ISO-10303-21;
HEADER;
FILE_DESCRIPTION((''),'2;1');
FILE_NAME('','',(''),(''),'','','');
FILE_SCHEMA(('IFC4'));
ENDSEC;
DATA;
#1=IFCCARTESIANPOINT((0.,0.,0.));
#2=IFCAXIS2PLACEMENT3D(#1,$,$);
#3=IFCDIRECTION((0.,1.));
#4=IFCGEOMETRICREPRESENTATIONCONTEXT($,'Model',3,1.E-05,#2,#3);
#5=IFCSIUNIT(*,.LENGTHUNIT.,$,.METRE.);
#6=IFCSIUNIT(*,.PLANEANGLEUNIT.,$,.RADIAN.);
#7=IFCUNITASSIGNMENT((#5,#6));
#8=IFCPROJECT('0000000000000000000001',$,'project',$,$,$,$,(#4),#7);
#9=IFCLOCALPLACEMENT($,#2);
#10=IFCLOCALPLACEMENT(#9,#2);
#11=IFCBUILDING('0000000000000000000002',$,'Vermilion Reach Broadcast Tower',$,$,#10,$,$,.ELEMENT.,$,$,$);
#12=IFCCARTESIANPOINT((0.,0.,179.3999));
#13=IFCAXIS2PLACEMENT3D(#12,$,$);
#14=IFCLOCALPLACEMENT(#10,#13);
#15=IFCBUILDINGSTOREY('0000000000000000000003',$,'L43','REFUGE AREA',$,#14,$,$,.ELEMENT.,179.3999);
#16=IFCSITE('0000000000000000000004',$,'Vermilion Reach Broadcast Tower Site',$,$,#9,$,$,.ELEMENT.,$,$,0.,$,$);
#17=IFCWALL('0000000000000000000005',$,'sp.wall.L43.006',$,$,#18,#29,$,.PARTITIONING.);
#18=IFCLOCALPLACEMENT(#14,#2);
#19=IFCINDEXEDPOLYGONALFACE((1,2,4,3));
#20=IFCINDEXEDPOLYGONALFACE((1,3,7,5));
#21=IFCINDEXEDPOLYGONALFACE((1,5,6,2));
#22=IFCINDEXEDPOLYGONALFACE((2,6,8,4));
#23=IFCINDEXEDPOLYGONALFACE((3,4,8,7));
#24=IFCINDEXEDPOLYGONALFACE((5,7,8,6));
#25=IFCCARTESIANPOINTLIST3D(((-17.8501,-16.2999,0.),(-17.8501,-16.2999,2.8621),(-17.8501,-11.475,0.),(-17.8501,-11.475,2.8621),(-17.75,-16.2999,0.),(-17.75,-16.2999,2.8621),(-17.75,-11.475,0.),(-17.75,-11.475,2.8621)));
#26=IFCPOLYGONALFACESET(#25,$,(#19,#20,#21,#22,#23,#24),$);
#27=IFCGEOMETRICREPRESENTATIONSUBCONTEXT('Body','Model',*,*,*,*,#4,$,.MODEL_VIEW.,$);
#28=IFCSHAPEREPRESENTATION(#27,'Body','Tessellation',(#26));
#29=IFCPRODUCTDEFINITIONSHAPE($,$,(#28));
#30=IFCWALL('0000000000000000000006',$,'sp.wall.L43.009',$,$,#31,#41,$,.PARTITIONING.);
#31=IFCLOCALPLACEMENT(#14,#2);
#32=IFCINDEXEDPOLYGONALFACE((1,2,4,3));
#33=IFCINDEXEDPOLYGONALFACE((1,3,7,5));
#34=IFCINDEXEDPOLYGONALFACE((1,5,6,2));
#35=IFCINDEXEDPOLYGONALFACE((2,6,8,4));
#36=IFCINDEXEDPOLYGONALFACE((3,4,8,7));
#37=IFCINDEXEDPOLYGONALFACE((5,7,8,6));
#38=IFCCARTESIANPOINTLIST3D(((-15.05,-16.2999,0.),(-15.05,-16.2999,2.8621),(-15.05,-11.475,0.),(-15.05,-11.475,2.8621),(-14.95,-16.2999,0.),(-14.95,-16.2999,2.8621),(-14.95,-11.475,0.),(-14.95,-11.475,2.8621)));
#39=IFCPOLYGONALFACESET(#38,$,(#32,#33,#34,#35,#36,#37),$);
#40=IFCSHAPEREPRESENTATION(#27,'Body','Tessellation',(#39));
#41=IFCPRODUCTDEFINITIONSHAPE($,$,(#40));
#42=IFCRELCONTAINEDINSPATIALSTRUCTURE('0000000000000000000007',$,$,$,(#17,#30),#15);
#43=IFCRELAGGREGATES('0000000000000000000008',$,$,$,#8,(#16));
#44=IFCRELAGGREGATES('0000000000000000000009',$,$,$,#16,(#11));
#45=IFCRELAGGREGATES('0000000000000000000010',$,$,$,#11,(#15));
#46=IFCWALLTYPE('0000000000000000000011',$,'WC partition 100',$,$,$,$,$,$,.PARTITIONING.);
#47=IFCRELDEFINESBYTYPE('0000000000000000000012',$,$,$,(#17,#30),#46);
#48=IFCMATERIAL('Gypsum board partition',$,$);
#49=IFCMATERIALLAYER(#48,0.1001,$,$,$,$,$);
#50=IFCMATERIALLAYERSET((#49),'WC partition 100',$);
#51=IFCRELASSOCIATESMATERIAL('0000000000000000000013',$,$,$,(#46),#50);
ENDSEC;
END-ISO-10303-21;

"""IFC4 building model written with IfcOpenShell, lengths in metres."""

from ifc_helpers import new_model, si_unit, direction, frame, frame_2d, origin, place, context, subcontext, project, spatial, rectangle, extrude, material, layer, layer_set, type_object, element, save


model = new_model("IFC4")

# Units and contexts
model_context = context("Model", 3, precision=1e-05, world=origin(), true_north=direction((0.0, 1.0)))
body_context = subcontext(model_context, "Body", "Model", "MODEL_VIEW")
ifc_project = project(units=[si_unit("LENGTHUNIT", "METRE"), si_unit("PLANEANGLEUNIT", "RADIAN")], contexts=[model_context])

# Site, building, storey
site_placement = place(None, origin())
site = spatial("IfcSite", under=ifc_project, at=site_placement, Name="Vermilion Reach Broadcast Tower Site", CompositionType="ELEMENT", RefElevation=0.0)
building_placement = place(site_placement, origin())
building = spatial("IfcBuilding", under=site, at=building_placement, Name="Vermilion Reach Broadcast Tower", CompositionType="ELEMENT")
storey_placement = place(building_placement, frame((0.0, 0.0, 179.3999)))
storey = spatial("IfcBuildingStorey", under=building, at=storey_placement, Name="L43", Description="REFUGE AREA", CompositionType="ELEMENT", Elevation=179.3999)

# Walls
ifc_material_1 = material(Name="Gypsum board partition")
ifc_layer_1 = layer(ifc_material_1, 0.1001)
ifc_layer_set_1 = layer_set([ifc_layer_1], Name="WC partition 100")
wall_type_1 = type_object("IfcWallType", Name="WC partition 100", PredefinedType="PARTITIONING", material=ifc_layer_set_1)
for number, where, z_axis, x_axis, name in (
    (1, (-17.8, -16.3, 0.0), (0.0, 0.0, 1.0), (0.0, 1.0, 0.0), "sp.wall.L43.006"),
    (2, (-15.0, -16.3, 0.0), (0.0, 0.0, 1.0), (0.0, 1.0, 0.0), "sp.wall.L43.009"),
):
    element("IfcWall", number, at=place(storey_placement, frame(where, z_axis=z_axis, x_axis=x_axis)), inside=storey, type_object=wall_type_1, Name=name, PredefinedType="PARTITIONING", context=body_context, shape_type="SweptSolid", body=[
        extrude(rectangle(XDim=4.825, YDim=0.1001, at=frame_2d((2.4126, 0.0))), origin(), (0.0, 0.0, 1.0), 2.8621),
    ])

save(model, "model.ifc")
